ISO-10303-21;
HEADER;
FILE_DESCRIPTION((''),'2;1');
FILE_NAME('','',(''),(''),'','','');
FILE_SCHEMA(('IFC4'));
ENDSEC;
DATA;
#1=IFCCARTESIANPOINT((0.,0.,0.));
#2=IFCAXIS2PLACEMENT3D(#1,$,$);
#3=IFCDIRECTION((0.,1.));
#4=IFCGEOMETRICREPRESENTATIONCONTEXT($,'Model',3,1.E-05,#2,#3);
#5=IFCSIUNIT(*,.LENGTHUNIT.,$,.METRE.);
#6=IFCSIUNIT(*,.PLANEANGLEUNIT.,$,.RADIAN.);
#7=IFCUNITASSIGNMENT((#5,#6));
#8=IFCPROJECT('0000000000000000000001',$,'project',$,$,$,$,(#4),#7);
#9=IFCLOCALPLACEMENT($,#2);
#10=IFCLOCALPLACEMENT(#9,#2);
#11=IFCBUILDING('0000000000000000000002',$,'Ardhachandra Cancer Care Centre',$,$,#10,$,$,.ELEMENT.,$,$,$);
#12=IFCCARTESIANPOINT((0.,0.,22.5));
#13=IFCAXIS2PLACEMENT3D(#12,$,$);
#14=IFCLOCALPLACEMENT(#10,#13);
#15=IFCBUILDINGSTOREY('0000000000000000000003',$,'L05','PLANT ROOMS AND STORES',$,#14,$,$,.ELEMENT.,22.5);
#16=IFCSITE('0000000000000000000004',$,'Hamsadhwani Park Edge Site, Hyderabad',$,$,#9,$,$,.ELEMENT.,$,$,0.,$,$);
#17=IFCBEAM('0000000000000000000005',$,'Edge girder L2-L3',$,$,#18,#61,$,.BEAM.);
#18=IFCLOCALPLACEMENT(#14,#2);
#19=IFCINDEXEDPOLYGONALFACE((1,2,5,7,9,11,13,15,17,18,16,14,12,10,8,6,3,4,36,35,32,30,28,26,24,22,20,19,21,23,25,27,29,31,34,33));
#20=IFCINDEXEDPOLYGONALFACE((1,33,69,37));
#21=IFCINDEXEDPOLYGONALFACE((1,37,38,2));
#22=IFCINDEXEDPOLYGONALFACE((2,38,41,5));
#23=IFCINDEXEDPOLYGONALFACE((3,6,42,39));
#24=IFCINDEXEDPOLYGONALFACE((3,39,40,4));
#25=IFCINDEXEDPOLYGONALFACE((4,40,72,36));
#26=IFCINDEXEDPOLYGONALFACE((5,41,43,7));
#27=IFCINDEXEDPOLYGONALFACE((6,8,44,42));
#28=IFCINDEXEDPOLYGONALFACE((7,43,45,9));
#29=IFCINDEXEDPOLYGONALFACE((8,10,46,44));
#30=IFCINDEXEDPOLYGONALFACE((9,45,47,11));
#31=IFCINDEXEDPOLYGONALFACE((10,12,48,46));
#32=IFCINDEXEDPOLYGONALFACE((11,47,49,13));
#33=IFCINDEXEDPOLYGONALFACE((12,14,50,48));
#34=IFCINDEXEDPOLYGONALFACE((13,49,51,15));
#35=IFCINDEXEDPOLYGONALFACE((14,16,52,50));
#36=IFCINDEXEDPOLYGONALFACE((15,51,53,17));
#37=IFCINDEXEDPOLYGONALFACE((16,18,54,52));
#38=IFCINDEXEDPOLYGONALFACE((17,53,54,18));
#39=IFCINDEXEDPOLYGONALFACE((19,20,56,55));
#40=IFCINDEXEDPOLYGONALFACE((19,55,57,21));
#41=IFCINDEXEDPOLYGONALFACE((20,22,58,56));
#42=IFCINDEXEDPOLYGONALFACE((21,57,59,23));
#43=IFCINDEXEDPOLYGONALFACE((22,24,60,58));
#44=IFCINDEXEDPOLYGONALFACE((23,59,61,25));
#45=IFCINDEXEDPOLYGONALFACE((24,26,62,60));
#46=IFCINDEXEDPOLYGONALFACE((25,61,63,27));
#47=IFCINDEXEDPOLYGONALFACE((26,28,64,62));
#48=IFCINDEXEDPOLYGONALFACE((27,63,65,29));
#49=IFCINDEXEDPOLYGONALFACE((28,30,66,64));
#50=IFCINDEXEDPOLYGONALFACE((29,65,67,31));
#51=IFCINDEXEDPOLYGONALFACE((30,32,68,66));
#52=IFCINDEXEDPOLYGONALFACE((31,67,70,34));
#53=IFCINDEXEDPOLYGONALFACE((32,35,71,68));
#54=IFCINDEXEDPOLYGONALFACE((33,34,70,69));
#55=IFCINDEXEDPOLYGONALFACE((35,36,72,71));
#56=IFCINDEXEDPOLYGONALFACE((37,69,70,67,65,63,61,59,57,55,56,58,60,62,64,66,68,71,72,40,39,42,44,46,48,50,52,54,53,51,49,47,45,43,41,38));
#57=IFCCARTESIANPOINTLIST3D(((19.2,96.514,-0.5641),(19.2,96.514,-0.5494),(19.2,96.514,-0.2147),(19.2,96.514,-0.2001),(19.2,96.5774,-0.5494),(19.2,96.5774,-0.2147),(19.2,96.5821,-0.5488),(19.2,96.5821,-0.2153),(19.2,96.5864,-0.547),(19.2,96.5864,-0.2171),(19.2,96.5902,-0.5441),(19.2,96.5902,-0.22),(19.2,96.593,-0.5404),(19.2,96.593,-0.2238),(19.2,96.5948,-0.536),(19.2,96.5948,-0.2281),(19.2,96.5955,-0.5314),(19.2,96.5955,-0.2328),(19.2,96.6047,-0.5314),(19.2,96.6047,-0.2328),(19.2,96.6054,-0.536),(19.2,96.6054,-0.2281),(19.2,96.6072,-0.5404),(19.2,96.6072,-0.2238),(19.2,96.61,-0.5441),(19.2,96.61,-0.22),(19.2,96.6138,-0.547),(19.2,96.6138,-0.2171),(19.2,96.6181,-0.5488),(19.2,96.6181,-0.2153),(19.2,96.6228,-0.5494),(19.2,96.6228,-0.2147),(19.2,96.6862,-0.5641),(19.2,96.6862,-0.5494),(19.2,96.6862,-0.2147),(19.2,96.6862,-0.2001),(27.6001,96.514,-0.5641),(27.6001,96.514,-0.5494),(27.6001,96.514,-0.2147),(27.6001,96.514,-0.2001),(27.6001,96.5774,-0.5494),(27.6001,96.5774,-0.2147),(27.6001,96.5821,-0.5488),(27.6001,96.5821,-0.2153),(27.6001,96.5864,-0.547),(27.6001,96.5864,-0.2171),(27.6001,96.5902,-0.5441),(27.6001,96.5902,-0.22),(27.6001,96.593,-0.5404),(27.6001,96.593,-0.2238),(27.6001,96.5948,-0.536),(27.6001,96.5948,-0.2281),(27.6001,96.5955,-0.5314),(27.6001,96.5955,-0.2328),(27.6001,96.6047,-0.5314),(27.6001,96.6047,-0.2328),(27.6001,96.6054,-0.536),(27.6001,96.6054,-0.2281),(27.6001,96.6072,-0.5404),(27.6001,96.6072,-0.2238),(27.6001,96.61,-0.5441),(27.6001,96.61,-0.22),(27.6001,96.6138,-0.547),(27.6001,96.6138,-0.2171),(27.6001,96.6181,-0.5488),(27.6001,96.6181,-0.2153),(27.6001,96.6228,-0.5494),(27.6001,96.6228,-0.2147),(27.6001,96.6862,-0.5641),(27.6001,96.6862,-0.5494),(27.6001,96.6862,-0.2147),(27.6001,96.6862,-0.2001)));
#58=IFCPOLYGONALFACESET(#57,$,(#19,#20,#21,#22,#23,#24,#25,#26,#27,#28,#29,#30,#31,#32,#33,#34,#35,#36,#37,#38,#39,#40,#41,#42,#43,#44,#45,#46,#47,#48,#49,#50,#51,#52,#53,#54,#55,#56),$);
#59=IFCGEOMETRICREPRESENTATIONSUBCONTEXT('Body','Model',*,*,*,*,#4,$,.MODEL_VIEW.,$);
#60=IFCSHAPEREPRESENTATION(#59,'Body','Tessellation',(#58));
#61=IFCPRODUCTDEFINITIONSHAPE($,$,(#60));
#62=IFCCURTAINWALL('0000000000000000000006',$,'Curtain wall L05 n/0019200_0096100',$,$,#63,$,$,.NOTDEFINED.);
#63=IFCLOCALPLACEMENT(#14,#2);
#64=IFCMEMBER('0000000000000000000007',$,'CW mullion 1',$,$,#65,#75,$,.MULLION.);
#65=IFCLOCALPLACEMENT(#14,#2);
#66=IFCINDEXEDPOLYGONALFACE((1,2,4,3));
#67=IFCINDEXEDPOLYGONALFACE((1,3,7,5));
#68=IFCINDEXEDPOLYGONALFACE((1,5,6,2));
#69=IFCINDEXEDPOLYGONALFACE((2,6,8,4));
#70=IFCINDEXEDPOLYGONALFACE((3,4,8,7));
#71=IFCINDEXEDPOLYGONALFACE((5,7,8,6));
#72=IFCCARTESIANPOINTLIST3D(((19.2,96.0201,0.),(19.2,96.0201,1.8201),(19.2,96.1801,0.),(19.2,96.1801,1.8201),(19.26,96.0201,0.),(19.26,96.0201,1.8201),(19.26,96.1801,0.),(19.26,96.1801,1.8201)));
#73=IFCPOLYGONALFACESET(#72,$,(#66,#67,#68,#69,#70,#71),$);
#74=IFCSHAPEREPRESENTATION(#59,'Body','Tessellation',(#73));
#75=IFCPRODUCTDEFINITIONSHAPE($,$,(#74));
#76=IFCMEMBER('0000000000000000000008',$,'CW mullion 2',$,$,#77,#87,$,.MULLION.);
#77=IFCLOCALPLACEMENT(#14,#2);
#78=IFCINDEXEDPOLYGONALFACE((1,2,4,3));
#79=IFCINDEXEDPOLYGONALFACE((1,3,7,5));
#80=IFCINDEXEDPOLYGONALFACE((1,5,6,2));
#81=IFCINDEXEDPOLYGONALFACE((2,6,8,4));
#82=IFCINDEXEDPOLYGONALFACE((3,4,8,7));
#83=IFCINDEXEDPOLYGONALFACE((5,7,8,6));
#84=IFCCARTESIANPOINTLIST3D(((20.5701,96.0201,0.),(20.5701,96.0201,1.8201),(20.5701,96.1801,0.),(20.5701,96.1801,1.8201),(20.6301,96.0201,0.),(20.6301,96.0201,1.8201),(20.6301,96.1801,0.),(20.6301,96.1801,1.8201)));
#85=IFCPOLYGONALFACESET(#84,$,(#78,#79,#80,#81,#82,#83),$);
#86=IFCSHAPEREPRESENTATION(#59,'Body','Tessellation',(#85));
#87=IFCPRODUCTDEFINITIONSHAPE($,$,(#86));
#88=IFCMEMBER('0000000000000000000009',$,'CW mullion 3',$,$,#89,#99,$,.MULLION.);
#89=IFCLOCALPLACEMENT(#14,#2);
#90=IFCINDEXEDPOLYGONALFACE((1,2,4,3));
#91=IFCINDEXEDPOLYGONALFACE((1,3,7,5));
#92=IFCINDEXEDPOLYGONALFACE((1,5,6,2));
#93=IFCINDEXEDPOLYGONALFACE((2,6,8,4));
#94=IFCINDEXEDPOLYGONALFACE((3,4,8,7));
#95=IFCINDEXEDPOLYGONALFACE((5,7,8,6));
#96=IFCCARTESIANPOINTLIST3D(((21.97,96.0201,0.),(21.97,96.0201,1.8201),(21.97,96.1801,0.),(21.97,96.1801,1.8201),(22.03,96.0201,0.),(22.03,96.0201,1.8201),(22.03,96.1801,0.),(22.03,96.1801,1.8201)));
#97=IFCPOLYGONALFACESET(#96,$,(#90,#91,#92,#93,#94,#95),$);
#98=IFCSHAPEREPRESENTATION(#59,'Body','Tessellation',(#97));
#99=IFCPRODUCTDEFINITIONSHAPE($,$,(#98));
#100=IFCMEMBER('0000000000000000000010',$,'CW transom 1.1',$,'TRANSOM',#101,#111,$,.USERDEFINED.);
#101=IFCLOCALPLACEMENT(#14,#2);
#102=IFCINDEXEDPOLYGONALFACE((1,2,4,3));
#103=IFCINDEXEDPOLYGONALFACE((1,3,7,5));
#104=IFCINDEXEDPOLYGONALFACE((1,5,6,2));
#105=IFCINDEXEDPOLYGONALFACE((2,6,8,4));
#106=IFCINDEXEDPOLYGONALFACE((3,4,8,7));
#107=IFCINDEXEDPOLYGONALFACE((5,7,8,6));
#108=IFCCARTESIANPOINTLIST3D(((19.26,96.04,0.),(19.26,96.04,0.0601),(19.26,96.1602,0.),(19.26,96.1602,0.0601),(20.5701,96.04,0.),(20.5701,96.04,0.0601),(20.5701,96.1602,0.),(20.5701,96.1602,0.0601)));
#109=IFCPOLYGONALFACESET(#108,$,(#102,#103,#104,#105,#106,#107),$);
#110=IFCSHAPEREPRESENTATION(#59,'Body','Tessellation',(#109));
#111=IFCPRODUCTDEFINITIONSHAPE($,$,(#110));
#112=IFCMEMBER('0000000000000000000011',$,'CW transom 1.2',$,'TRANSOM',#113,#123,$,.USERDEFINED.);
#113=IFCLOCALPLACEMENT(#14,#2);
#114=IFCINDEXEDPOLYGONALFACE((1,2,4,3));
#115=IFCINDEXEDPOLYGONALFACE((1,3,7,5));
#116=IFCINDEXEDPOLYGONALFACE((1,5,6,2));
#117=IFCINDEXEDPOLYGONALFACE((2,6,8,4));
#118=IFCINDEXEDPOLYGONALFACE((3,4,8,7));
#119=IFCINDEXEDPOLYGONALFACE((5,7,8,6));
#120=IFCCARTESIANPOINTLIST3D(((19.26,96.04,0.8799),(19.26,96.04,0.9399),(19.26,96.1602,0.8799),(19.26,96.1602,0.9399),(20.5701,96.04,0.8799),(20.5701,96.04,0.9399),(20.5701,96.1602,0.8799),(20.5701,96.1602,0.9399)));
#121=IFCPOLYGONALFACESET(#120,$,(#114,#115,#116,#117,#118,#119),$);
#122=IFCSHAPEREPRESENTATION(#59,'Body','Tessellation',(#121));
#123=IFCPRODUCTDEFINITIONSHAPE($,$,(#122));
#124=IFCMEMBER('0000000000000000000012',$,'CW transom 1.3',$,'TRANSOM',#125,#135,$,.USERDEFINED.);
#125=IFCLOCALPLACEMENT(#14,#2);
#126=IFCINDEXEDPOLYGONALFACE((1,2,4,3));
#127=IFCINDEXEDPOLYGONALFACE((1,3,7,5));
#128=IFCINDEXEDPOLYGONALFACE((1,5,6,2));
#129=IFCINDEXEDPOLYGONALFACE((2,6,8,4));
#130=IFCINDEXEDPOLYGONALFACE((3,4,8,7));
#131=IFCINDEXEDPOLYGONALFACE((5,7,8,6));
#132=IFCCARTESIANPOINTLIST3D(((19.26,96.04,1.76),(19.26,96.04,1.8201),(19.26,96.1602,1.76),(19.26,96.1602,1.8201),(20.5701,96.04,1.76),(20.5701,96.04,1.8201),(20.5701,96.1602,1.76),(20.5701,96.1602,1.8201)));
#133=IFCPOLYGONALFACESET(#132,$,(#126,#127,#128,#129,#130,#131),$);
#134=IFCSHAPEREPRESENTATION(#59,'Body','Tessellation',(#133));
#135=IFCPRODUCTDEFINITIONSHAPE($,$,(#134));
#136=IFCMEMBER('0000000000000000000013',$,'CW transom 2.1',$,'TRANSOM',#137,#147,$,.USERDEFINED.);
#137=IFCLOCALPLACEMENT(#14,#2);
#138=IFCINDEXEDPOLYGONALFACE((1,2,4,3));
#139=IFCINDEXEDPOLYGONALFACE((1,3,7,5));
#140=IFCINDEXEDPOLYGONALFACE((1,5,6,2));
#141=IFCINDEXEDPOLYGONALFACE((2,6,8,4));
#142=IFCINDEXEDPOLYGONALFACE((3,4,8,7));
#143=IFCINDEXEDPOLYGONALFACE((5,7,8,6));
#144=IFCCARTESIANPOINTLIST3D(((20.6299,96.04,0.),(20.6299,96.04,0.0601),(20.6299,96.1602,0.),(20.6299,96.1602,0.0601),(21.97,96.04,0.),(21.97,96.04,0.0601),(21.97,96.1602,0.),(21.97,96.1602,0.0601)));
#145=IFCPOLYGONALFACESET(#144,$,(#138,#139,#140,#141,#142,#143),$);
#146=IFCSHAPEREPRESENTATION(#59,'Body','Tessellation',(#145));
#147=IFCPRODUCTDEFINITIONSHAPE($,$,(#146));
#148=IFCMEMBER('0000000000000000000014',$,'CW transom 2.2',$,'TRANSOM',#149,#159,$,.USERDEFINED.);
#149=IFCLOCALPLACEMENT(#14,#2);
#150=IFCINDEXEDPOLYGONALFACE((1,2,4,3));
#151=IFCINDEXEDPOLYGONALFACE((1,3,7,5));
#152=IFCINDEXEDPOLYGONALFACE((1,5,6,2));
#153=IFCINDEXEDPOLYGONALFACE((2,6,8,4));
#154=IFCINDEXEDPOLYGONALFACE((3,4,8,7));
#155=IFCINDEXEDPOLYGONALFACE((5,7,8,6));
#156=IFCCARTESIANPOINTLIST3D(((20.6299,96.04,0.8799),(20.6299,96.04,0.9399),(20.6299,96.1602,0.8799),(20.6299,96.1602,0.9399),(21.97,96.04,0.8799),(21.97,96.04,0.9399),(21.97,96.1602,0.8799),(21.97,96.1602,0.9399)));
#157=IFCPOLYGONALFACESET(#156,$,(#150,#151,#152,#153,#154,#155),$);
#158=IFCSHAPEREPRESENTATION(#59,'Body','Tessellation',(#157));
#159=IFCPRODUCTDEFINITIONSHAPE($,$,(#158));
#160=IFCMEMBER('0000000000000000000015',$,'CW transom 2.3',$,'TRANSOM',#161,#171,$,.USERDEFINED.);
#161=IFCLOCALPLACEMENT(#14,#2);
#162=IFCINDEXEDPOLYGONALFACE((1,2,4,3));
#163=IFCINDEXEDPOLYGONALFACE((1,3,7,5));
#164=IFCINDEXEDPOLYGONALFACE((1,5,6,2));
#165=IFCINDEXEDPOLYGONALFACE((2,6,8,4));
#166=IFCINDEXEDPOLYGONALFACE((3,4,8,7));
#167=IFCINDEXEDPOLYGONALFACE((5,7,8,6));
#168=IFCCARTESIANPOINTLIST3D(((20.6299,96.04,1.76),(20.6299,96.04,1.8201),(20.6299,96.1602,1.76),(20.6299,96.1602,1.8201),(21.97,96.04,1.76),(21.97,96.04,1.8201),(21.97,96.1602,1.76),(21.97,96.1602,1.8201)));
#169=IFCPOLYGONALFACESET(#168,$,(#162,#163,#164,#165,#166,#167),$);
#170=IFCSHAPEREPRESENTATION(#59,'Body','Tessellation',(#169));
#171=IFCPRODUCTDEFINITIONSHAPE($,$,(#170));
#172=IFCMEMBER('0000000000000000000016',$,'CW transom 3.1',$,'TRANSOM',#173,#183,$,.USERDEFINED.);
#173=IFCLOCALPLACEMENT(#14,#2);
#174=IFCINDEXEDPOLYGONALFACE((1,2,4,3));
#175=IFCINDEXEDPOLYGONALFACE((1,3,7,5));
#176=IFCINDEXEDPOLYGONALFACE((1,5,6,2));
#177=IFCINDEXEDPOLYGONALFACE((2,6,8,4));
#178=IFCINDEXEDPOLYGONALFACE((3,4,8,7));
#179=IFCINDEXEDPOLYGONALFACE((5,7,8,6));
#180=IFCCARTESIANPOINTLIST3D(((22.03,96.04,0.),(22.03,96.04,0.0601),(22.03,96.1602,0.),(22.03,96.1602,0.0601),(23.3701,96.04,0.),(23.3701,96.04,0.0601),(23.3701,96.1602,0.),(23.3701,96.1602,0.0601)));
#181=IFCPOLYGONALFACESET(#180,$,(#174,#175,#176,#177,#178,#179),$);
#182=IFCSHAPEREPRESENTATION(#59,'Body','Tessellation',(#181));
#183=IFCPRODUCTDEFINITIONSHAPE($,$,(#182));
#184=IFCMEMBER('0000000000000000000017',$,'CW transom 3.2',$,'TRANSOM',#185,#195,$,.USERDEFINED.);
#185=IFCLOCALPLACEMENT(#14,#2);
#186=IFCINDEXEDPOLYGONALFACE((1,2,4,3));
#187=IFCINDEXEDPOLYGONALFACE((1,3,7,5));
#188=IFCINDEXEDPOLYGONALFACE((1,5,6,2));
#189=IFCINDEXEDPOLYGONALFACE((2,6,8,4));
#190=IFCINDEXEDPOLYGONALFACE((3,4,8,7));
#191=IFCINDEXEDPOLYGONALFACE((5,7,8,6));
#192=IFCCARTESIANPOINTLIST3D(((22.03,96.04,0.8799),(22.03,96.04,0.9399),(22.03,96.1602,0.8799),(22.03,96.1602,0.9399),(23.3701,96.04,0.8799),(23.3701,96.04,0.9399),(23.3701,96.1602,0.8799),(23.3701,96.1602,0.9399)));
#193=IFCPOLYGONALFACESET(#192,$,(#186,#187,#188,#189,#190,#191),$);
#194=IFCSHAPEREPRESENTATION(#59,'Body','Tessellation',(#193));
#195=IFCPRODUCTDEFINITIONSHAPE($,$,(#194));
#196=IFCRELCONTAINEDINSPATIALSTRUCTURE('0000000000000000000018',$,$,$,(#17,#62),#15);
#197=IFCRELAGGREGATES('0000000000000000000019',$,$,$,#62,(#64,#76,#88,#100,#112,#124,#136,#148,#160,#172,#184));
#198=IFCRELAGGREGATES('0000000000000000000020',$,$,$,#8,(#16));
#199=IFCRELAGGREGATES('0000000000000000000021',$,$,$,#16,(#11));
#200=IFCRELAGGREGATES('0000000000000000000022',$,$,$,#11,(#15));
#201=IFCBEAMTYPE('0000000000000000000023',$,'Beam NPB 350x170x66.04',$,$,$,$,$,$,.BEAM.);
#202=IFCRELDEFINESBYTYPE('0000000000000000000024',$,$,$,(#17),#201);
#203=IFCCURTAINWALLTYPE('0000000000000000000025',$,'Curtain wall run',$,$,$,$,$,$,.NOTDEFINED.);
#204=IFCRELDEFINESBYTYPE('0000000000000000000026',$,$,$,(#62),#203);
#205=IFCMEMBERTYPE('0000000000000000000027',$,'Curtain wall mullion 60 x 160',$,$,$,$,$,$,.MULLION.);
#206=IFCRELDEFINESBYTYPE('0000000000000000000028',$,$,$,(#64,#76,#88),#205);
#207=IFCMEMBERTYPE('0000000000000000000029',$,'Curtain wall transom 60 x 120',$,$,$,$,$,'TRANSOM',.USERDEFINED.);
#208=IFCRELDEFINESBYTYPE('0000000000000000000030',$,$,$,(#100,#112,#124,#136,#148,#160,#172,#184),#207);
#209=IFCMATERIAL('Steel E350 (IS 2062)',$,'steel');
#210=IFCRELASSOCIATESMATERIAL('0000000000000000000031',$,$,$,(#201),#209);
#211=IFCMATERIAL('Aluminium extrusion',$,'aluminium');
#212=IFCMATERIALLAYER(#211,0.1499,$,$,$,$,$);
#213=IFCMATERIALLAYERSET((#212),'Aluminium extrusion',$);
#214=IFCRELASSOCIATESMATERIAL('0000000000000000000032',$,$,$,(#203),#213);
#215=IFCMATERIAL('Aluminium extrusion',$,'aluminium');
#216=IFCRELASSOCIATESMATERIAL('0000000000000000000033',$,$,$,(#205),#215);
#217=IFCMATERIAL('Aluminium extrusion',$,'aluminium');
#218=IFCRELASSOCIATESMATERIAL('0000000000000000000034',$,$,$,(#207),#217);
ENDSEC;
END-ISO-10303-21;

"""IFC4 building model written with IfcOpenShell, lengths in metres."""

from ifc_helpers import new_model, si_unit, direction, frame, origin, origin_2d, place, context, subcontext, project, spatial, rectangle, i_section, extrude, material, layer, layer_set, material_profile, profile_set, type_object, element, aggregate, save


model = new_model("IFC4")

# Units and contexts
model_context = context("Model", 3, precision=1e-05, world=origin(), true_north=direction((0.0, 1.0)))
body_context = subcontext(model_context, "Body", "Model", "MODEL_VIEW")
ifc_project = project(units=[si_unit("LENGTHUNIT", "METRE"), si_unit("PLANEANGLEUNIT", "RADIAN")], contexts=[model_context])

# Site, building, storey
site_placement = place(None, origin())
site = spatial("IfcSite", under=ifc_project, at=site_placement, Name="Hamsadhwani Park Edge Site, Hyderabad", CompositionType="ELEMENT", RefElevation=0.0)
building_placement = place(site_placement, origin())
building = spatial("IfcBuilding", under=site, at=building_placement, Name="Ardhachandra Cancer Care Centre", CompositionType="ELEMENT")
storey_placement = place(building_placement, frame((0.0, 0.0, 22.5)))
storey = spatial("IfcBuildingStorey", under=building, at=storey_placement, Name="L05", Description="PLANT ROOMS AND STORES", CompositionType="ELEMENT", Elevation=22.5)

# Beam
ifc_material_1 = material(Name="Steel E350 (IS 2062)", Category="steel")
ifc_material_profile_1 = material_profile(ifc_material_1, i_section(OverallWidth=0.1721, OverallDepth=0.364, WebThickness=0.0093, FlangeThickness=0.0146, FilletRadius=0.0181, at=origin_2d()), Name="NPB 350x170x66.04")
ifc_profile_set_1 = profile_set([ifc_material_profile_1], Name="Steel E350 (IS 2062)")
beam_type_1 = type_object("IfcBeamType", Name="Beam NPB 350x170x66.04", PredefinedType="BEAM", material=ifc_profile_set_1)
beam_1_placement = place(storey_placement, frame((19.2, 96.6001, -0.3821), z_axis=(1.0, 0.0, 0.0), x_axis=(0.0, 1.0, 0.0)))
element("IfcBeam", 1, at=beam_1_placement, inside=storey, type_object=beam_type_1, Name="Edge girder L2-L3", PredefinedType="BEAM", context=body_context, shape_type="SweptSolid", body=[
    extrude(i_section(OverallWidth=0.1721, OverallDepth=0.364, WebThickness=0.0093, FlangeThickness=0.0146, FilletRadius=0.0181, at=origin_2d()), origin(), (0.0, 0.0, 1.0), 8.4001),
])

# Curtain wall, members
ifc_material_2 = material(Name="Aluminium extrusion", Category="aluminium")
ifc_layer_1 = layer(ifc_material_2, 0.1499)
ifc_layer_set_1 = layer_set([ifc_layer_1], Name="Aluminium extrusion")
curtain_wall_type = type_object("IfcCurtainWallType", Name="Curtain wall run", PredefinedType="NOTDEFINED", material=ifc_layer_set_1)
curtain_wall_placement = place(storey_placement, origin())
curtain_wall = element("IfcCurtainWall", 2, at=curtain_wall_placement, inside=storey, type_object=curtain_wall_type, Name="Curtain wall L05 n/0019200_0096100", PredefinedType="NOTDEFINED")
ifc_material_3 = material(Name="Aluminium extrusion", Category="aluminium")
ifc_material_profile_2 = material_profile(ifc_material_3, rectangle(XDim=0.1599, YDim=0.0601, at=origin_2d()), Name="Curtain wall mullion 60 x 160")
ifc_profile_set_2 = profile_set([ifc_material_profile_2], Name="Aluminium extrusion")
member_type_1 = type_object("IfcMemberType", Name="Curtain wall mullion 60 x 160", PredefinedType="MULLION", material=ifc_profile_set_2)
member_1_placement = place(storey_placement, frame((19.23, 96.1001, 0.0), z_axis=(0.0, 0.0, 1.0), x_axis=(0.0, 1.0, 0.0)))
member_1 = element("IfcMember", 3, at=member_1_placement, type_object=member_type_1, Name="CW mullion 1", PredefinedType="MULLION", context=body_context, shape_type="SweptSolid", body=[
    extrude(rectangle(XDim=0.1599, YDim=0.0601, at=origin_2d()), origin(), (0.0, 0.0, 1.0), 1.8201),
])
member_2_placement = place(storey_placement, frame((20.6001, 96.1001, 0.0), z_axis=(0.0, 0.0, 1.0), x_axis=(0.0, 1.0, 0.0)))
member_2 = element("IfcMember", 4, at=member_2_placement, type_object=member_type_1, Name="CW mullion 2", PredefinedType="MULLION", context=body_context, shape_type="SweptSolid", body=[
    extrude(rectangle(XDim=0.1599, YDim=0.0601, at=origin_2d()), origin(), (0.0, 0.0, 1.0), 1.8201),
])
member_3_placement = place(storey_placement, frame((22.0, 96.1001, 0.0), z_axis=(0.0, 0.0, 1.0), x_axis=(0.0, 1.0, 0.0)))
member_3 = element("IfcMember", 5, at=member_3_placement, type_object=member_type_1, Name="CW mullion 3", PredefinedType="MULLION", context=body_context, shape_type="SweptSolid", body=[
    extrude(rectangle(XDim=0.1599, YDim=0.0601, at=origin_2d()), origin(), (0.0, 0.0, 1.0), 1.8201),
])
ifc_material_4 = material(Name="Aluminium extrusion", Category="aluminium")
ifc_material_profile_3 = material_profile(ifc_material_4, rectangle(XDim=0.1201, YDim=0.0601, at=origin_2d()), Name="Curtain wall transom 60 x 120")
ifc_profile_set_3 = profile_set([ifc_material_profile_3], Name="Aluminium extrusion")
member_type_2 = type_object("IfcMemberType", Name="Curtain wall transom 60 x 120", ElementType="TRANSOM", PredefinedType="USERDEFINED", material=ifc_profile_set_3)
member_4_placement = place(storey_placement, frame((19.26, 96.1001, 0.03), z_axis=(1.0, 0.0, 0.0), x_axis=(0.0, 1.0, 0.0)))
member_4 = element("IfcMember", 6, at=member_4_placement, type_object=member_type_2, Name="CW transom 1.1", ObjectType="TRANSOM", PredefinedType="USERDEFINED", context=body_context, shape_type="SweptSolid", body=[
    extrude(rectangle(XDim=0.1201, YDim=0.0601, at=origin_2d()), origin(), (0.0, 0.0, 1.0), 1.3101),
])
member_5_placement = place(storey_placement, frame((19.26, 96.1001, 0.9099), z_axis=(1.0, 0.0, 0.0), x_axis=(0.0, 1.0, 0.0)))
member_5 = element("IfcMember", 7, at=member_5_placement, type_object=member_type_2, Name="CW transom 1.2", ObjectType="TRANSOM", PredefinedType="USERDEFINED", context=body_context, shape_type="SweptSolid", body=[
    extrude(rectangle(XDim=0.1201, YDim=0.0601, at=origin_2d()), origin(), (0.0, 0.0, 1.0), 1.3101),
])
member_6_placement = place(storey_placement, frame((19.26, 96.1001, 1.79), z_axis=(1.0, 0.0, 0.0), x_axis=(0.0, 1.0, 0.0)))
member_6 = element("IfcMember", 8, at=member_6_placement, type_object=member_type_2, Name="CW transom 1.3", ObjectType="TRANSOM", PredefinedType="USERDEFINED", context=body_context, shape_type="SweptSolid", body=[
    extrude(rectangle(XDim=0.1201, YDim=0.0601, at=origin_2d()), origin(), (0.0, 0.0, 1.0), 1.3101),
])
member_7_placement = place(storey_placement, frame((20.6299, 96.1001, 0.03), z_axis=(1.0, 0.0, 0.0), x_axis=(0.0, 1.0, 0.0)))
member_7 = element("IfcMember", 9, at=member_7_placement, type_object=member_type_2, Name="CW transom 2.1", ObjectType="TRANSOM", PredefinedType="USERDEFINED", context=body_context, shape_type="SweptSolid", body=[
    extrude(rectangle(XDim=0.1201, YDim=0.0601, at=origin_2d()), origin(), (0.0, 0.0, 1.0), 1.3401),
])
member_8_placement = place(storey_placement, frame((20.6299, 96.1001, 0.9099), z_axis=(1.0, 0.0, 0.0), x_axis=(0.0, 1.0, 0.0)))
member_8 = element("IfcMember", 10, at=member_8_placement, type_object=member_type_2, Name="CW transom 2.2", ObjectType="TRANSOM", PredefinedType="USERDEFINED", context=body_context, shape_type="SweptSolid", body=[
    extrude(rectangle(XDim=0.1201, YDim=0.0601, at=origin_2d()), origin(), (0.0, 0.0, 1.0), 1.3401),
])
member_9_placement = place(storey_placement, frame((20.6299, 96.1001, 1.79), z_axis=(1.0, 0.0, 0.0), x_axis=(0.0, 1.0, 0.0)))
member_9 = element("IfcMember", 11, at=member_9_placement, type_object=member_type_2, Name="CW transom 2.3", ObjectType="TRANSOM", PredefinedType="USERDEFINED", context=body_context, shape_type="SweptSolid", body=[
    extrude(rectangle(XDim=0.1201, YDim=0.0601, at=origin_2d()), origin(), (0.0, 0.0, 1.0), 1.3401),
])
member_10_placement = place(storey_placement, frame((22.03, 96.1001, 0.03), z_axis=(1.0, 0.0, 0.0), x_axis=(0.0, 1.0, 0.0)))
member_10 = element("IfcMember", 12, at=member_10_placement, type_object=member_type_2, Name="CW transom 3.1", ObjectType="TRANSOM", PredefinedType="USERDEFINED", context=body_context, shape_type="SweptSolid", body=[
    extrude(rectangle(XDim=0.1201, YDim=0.0601, at=origin_2d()), origin(), (0.0, 0.0, 1.0), 1.3401),
])
member_11_placement = place(storey_placement, frame((22.03, 96.1001, 0.9099), z_axis=(1.0, 0.0, 0.0), x_axis=(0.0, 1.0, 0.0)))
member_11 = element("IfcMember", 13, at=member_11_placement, type_object=member_type_2, Name="CW transom 3.2", ObjectType="TRANSOM", PredefinedType="USERDEFINED", context=body_context, shape_type="SweptSolid", body=[
    extrude(rectangle(XDim=0.1201, YDim=0.0601, at=origin_2d()), origin(), (0.0, 0.0, 1.0), 1.3401),
])

aggregate(curtain_wall, [member_1, member_2, member_3, member_4, member_5, member_6, member_7, member_8, member_9, member_10, member_11])

save(model, "model.ifc")
